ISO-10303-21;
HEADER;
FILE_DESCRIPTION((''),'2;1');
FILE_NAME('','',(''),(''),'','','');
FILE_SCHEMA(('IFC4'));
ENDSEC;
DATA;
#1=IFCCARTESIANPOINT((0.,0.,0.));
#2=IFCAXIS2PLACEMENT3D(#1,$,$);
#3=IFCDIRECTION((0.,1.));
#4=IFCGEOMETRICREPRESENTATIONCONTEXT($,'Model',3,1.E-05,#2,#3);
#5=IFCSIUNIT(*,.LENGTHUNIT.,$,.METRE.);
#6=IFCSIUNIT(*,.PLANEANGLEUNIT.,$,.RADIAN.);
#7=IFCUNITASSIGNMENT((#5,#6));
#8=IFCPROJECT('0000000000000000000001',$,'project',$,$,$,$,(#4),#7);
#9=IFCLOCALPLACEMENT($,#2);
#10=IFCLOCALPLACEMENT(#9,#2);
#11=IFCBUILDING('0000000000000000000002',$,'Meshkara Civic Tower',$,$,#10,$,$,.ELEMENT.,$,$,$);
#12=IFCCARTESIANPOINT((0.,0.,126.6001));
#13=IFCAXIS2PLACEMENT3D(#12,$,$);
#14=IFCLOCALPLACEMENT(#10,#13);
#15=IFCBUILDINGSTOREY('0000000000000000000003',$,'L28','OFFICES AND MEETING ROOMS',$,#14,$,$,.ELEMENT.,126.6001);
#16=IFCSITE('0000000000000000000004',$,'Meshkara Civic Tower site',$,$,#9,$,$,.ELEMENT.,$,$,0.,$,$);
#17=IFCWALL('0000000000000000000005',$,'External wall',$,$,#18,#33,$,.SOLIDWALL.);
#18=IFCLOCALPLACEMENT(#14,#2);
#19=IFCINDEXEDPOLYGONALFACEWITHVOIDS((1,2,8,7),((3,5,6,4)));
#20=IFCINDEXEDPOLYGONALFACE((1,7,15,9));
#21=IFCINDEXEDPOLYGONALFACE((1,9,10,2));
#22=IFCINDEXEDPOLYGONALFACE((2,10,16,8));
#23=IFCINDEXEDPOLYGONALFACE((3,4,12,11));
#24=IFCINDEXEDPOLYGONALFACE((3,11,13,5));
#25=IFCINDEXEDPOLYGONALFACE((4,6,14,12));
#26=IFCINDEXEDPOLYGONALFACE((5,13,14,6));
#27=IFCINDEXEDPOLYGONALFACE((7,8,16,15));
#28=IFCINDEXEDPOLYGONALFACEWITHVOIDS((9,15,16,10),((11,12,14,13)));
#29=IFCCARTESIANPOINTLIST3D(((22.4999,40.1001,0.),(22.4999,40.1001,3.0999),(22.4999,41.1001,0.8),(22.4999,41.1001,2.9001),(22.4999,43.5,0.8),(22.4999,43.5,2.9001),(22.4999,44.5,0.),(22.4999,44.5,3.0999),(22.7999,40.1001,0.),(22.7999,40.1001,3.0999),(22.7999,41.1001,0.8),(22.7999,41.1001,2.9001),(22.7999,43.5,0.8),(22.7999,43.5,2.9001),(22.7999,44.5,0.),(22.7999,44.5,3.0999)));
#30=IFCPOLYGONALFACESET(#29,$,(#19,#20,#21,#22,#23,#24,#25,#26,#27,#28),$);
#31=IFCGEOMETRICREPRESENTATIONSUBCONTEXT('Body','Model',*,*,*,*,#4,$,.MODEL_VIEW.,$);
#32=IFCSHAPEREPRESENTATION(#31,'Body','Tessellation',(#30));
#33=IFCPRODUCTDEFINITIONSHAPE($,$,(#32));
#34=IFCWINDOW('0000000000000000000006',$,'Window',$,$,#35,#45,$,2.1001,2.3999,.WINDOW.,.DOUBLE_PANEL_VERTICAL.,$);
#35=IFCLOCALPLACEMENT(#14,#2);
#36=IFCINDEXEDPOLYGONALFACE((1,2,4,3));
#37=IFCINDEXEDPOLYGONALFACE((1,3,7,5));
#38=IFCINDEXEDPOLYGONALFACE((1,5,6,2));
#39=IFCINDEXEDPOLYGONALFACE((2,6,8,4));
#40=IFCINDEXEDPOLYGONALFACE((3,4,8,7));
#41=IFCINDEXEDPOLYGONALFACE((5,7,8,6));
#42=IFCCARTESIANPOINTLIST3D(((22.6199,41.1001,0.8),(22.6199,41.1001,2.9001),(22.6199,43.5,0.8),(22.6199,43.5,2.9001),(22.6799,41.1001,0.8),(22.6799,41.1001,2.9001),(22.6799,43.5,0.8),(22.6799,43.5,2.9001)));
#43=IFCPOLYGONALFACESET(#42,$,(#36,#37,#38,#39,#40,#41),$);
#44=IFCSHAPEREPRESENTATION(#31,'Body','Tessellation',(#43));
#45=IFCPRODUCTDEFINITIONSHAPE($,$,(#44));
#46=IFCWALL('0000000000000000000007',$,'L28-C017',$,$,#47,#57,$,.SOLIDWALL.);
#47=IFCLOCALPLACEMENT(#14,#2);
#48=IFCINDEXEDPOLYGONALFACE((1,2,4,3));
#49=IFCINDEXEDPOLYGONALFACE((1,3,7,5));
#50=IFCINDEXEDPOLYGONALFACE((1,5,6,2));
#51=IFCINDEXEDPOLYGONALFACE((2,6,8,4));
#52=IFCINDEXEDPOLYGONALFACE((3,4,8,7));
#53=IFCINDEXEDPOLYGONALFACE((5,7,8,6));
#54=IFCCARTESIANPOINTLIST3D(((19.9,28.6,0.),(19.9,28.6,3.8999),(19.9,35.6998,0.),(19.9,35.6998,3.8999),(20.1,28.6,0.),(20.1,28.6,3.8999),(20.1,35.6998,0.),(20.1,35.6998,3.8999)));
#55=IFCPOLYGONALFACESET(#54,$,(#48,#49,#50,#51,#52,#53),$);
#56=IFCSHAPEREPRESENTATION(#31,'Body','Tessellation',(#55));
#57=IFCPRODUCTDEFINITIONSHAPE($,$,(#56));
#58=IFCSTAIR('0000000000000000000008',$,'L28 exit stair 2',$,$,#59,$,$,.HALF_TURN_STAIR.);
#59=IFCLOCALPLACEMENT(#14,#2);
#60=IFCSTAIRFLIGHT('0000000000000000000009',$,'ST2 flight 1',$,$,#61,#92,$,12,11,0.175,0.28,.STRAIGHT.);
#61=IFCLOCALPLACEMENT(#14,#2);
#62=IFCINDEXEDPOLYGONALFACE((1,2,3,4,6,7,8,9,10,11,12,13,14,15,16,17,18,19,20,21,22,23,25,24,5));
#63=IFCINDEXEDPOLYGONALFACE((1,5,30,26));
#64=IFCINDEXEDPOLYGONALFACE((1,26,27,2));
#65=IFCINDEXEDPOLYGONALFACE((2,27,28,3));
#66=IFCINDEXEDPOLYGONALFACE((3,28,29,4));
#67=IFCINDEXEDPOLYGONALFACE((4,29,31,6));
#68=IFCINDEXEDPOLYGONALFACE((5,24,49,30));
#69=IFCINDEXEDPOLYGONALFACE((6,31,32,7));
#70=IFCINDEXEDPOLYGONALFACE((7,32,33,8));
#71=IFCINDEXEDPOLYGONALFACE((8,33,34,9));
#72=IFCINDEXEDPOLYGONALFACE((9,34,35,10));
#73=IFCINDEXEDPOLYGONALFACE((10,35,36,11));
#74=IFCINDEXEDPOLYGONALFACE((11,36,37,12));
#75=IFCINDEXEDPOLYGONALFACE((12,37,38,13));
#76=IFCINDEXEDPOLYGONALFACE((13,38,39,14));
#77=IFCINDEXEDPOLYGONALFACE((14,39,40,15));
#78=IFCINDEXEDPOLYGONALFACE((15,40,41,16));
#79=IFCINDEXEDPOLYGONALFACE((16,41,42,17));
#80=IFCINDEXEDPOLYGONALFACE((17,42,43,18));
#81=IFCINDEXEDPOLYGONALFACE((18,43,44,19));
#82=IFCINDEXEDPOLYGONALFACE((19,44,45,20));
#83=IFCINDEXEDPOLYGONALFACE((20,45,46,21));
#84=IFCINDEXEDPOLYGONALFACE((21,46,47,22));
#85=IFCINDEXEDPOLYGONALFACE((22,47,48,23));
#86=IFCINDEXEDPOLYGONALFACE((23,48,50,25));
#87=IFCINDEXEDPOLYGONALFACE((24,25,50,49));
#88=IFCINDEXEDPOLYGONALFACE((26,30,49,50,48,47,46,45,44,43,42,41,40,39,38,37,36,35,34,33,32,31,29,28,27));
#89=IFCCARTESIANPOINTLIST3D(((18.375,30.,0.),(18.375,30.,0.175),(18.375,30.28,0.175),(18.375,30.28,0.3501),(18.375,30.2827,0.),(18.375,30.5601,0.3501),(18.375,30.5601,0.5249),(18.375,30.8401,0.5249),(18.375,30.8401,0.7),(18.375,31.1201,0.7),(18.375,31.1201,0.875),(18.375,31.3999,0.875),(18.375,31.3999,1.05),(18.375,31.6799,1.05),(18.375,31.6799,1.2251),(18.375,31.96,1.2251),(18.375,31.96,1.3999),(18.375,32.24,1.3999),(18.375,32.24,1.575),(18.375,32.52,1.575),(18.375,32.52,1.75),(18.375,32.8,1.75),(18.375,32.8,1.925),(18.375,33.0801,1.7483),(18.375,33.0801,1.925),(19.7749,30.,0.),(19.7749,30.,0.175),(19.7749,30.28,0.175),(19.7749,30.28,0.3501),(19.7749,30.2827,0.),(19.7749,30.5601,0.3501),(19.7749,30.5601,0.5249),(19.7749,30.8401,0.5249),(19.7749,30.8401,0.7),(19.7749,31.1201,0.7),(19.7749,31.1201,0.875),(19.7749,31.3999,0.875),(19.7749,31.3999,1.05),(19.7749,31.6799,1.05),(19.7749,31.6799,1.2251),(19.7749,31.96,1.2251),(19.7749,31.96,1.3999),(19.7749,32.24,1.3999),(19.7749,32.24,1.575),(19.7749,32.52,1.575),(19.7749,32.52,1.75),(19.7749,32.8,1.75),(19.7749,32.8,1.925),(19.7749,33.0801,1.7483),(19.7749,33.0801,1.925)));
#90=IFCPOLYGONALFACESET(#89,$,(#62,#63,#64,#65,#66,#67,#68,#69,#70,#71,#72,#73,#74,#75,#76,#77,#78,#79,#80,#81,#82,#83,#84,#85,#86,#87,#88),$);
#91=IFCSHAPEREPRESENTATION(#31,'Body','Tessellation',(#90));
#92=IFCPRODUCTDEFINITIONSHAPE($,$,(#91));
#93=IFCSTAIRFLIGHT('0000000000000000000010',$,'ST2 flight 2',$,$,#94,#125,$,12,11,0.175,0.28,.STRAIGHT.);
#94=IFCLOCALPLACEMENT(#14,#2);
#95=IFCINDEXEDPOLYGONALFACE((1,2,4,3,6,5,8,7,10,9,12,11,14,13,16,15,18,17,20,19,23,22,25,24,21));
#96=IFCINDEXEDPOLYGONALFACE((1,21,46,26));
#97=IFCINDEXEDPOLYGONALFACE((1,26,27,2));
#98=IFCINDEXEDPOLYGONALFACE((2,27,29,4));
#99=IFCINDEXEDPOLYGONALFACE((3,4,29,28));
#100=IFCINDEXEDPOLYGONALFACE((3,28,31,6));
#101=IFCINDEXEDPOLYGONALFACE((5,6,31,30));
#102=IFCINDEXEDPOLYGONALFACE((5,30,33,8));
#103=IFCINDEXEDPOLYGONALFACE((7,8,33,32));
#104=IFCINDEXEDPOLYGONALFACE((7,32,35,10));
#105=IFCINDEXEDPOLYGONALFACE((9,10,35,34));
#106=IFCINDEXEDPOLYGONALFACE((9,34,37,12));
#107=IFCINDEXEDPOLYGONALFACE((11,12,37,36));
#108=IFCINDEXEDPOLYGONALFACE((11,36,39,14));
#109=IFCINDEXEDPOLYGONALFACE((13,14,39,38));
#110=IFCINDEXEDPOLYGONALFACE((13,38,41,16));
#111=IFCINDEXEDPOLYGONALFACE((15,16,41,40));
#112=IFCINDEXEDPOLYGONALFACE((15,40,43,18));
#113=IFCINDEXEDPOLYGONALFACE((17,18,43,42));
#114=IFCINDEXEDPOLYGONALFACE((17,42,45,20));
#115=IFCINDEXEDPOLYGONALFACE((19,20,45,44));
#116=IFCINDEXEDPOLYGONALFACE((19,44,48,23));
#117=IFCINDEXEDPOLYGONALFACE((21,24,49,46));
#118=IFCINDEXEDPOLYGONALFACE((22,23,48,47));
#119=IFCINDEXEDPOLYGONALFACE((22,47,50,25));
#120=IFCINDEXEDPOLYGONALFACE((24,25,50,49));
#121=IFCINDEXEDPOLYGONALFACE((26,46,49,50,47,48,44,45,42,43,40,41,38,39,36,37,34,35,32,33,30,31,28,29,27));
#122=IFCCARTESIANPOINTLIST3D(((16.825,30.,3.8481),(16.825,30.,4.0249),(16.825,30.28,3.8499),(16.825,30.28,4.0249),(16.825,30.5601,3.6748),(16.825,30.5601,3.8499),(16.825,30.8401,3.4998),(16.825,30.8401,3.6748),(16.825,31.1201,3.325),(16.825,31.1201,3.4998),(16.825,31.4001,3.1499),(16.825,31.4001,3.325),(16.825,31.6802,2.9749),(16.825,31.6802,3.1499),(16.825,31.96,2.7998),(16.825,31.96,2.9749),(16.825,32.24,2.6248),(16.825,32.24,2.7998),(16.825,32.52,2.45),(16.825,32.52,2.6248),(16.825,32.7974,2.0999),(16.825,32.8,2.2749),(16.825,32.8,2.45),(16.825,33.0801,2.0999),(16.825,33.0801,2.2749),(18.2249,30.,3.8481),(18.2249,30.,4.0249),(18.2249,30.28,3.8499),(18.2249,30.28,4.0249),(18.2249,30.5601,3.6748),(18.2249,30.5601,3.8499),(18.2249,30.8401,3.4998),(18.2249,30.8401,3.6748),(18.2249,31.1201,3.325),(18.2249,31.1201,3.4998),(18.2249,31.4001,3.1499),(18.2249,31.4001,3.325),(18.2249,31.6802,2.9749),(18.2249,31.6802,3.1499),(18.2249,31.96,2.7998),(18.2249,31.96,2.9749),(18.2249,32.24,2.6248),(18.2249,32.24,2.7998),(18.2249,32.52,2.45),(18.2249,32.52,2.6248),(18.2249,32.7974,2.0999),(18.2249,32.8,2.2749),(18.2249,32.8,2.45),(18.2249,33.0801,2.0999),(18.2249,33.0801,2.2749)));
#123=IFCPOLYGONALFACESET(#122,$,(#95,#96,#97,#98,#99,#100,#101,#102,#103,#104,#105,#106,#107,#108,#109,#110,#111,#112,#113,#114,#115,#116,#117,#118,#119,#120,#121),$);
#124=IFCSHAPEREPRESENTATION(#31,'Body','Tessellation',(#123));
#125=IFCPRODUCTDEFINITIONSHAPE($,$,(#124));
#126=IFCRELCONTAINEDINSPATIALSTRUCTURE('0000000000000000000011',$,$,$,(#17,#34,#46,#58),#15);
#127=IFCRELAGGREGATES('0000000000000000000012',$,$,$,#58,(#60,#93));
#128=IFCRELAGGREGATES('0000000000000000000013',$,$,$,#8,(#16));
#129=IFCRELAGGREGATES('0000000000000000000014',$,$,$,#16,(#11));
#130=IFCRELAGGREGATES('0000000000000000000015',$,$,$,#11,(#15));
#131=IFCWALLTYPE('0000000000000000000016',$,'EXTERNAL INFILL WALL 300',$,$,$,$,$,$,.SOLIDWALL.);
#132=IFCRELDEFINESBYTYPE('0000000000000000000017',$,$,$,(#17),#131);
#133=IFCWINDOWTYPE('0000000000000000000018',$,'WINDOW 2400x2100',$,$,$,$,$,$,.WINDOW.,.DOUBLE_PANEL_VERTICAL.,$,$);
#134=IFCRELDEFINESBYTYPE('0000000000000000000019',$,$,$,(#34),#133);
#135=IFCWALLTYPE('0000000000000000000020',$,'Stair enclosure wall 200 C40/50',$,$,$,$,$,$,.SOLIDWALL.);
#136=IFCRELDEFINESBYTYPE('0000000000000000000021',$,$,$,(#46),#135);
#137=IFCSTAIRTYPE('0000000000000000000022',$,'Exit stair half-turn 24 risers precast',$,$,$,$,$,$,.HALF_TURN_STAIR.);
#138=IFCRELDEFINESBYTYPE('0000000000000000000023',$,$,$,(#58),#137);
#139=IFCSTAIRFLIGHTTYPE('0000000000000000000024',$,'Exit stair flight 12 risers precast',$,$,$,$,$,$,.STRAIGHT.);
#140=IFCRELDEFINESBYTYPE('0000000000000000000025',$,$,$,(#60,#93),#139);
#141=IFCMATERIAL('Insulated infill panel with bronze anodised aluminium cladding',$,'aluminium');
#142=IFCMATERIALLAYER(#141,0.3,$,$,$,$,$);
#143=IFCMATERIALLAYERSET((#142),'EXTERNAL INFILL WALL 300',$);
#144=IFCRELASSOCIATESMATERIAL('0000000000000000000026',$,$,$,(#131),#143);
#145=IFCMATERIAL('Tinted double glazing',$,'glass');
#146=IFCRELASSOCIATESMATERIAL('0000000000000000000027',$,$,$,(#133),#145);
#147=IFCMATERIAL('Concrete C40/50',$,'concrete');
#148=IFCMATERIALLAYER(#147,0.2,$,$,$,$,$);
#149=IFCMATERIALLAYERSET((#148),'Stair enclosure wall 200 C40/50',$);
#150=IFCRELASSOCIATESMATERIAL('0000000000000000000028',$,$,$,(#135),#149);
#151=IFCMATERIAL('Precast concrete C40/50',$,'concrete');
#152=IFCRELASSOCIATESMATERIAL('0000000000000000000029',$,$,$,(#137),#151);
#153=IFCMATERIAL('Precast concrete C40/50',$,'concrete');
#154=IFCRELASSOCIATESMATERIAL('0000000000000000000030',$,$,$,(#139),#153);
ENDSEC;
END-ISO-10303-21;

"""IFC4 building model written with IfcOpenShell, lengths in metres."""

from ifc_helpers import new_model, si_unit, direction, frame, frame_2d, origin, place, context, subcontext, project, spatial, polyline, rectangle, outline, extrude, material, layer, layer_set, type_object, element, fill, aggregate, save


model = new_model("IFC4")

# Units and contexts
model_context = context("Model", 3, precision=1e-05, world=origin(), true_north=direction((0.0, 1.0)))
body_context = subcontext(model_context, "Body", "Model", "MODEL_VIEW")
ifc_project = project(units=[si_unit("LENGTHUNIT", "METRE"), si_unit("PLANEANGLEUNIT", "RADIAN")], contexts=[model_context])

# Site, building, storey
site_placement = place(None, origin())
site = spatial("IfcSite", under=ifc_project, at=site_placement, Name="Meshkara Civic Tower site", CompositionType="ELEMENT", RefElevation=0.0)
building_placement = place(site_placement, origin())
building = spatial("IfcBuilding", under=site, at=building_placement, Name="Meshkara Civic Tower", CompositionType="ELEMENT")
storey_placement = place(building_placement, frame((0.0, 0.0, 126.6001)))
storey = spatial("IfcBuildingStorey", under=building, at=storey_placement, Name="L28", Description="OFFICES AND MEETING ROOMS", CompositionType="ELEMENT", Elevation=126.6001)

# Wall, opening, window
ifc_material_1 = material(Name="Insulated infill panel with bronze anodised aluminium cladding", Category="aluminium")
ifc_layer_1 = layer(ifc_material_1, 0.3)
ifc_layer_set_1 = layer_set([ifc_layer_1], Name="EXTERNAL INFILL WALL 300")
wall_type_1 = type_object("IfcWallType", Name="EXTERNAL INFILL WALL 300", PredefinedType="SOLIDWALL", material=ifc_layer_set_1)
ifc_material_2 = material(Name="Tinted double glazing", Category="glass")
window_type_1 = type_object("IfcWindowType", Name="WINDOW 2400x2100", PartitioningType="DOUBLE_PANEL_VERTICAL", PredefinedType="WINDOW", material=ifc_material_2)
wall_1_placement = place(storey_placement, frame((22.6499, 40.1001, 0.0), z_axis=(0.0, 0.0, 1.0), x_axis=(0.0, 1.0, 0.0)))
wall_1 = element("IfcWall", 1, at=wall_1_placement, inside=storey, type_object=wall_type_1, Name="External wall", PredefinedType="SOLIDWALL", context=body_context, shape_type="SweptSolid", body=[
    extrude(rectangle(XDim=4.3999, YDim=0.3, at=frame_2d((2.2, 0.0))), origin(), (0.0, 0.0, 1.0), 3.0999),
])
opening_1_placement = place(wall_1_placement, frame((1.0, 0.0, 0.8)))
opening_1 = element("IfcOpeningElement", 2, at=opening_1_placement, cuts=wall_1, PredefinedType="OPENING", context=body_context, shape_type="SweptSolid", body=[
    extrude(rectangle(XDim=2.3999, YDim=2.1001, at=frame_2d((1.2, 1.05))), frame((0.0, 0.1599, 0.0), z_axis=(0.0, -1.0, 0.0), x_axis=(1.0, 0.0, 0.0)), (0.0, 0.0, 1.0), 0.3201),
])
window_1_placement = place(opening_1_placement, origin())
window_1 = element("IfcWindow", 3, at=window_1_placement, inside=storey, type_object=window_type_1, Name="Window", OverallHeight=2.1001, OverallWidth=2.3999, PartitioningType="DOUBLE_PANEL_VERTICAL", PredefinedType="WINDOW", context=body_context, shape_type="SweptSolid", body=[
    extrude(rectangle(XDim=2.3999, YDim=2.1001, at=frame_2d((1.2, 1.05))), frame((0.0, 0.03, 0.0), z_axis=(0.0, -1.0, 0.0), x_axis=(1.0, 0.0, 0.0)), (0.0, 0.0, 1.0), 0.0601),
])
fill(opening_1, window_1)

# Wall
ifc_material_3 = material(Name="Concrete C40/50", Category="concrete")
ifc_layer_2 = layer(ifc_material_3, 0.2)
ifc_layer_set_2 = layer_set([ifc_layer_2], Name="Stair enclosure wall 200 C40/50")
wall_type_2 = type_object("IfcWallType", Name="Stair enclosure wall 200 C40/50", PredefinedType="SOLIDWALL", material=ifc_layer_set_2)
wall_2_placement = place(storey_placement, frame((20.0, 28.6001, 0.0), z_axis=(0.0, 0.0, 1.0), x_axis=(0.0, 1.0, 0.0)))
element("IfcWall", 4, at=wall_2_placement, inside=storey, type_object=wall_type_2, Name="L28-C017", PredefinedType="SOLIDWALL", context=body_context, shape_type="SweptSolid", body=[
    extrude(rectangle(XDim=7.0999, YDim=0.2, at=frame_2d((3.5498, 0.0))), origin(), (0.0, 0.0, 1.0), 3.8999),
])

# Stair, stair flights
ifc_material_4 = material(Name="Precast concrete C40/50", Category="concrete")
stair_type = type_object("IfcStairType", Name="Exit stair half-turn 24 risers precast", PredefinedType="HALF_TURN_STAIR", material=ifc_material_4)
stair_placement = place(storey_placement, origin())
stair = element("IfcStair", 5, at=stair_placement, inside=storey, type_object=stair_type, Name="L28 exit stair 2", PredefinedType="HALF_TURN_STAIR")
ifc_material_5 = material(Name="Precast concrete C40/50", Category="concrete")
stair_flight_type = type_object("IfcStairFlightType", Name="Exit stair flight 12 risers precast", PredefinedType="STRAIGHT", material=ifc_material_5)
stair_flight_1_placement = place(storey_placement, frame((19.075, 30.0, 0.0), z_axis=(0.0, 0.0, 1.0), x_axis=(0.0, 1.0, 0.0)))
stair_flight_1 = element("IfcStairFlight", 6, at=stair_flight_1_placement, type_object=stair_flight_type, Name="ST2 flight 1", NumberOfRisers=12, NumberOfTreads=11, PredefinedType="STRAIGHT", RiserHeight=0.175, TreadLength=0.28, context=body_context, shape_type="SweptSolid", body=[
    extrude(outline(polyline([(0.0, 0.0), (0.0, 0.175), (0.28, 0.175), (0.28, 0.3501), (0.5601, 0.3501), (0.5601, 0.5249), (0.8401, 0.5249), (0.8401, 0.7), (1.1201, 0.7), (1.1201, 0.875), (1.3999, 0.875), (1.3999, 1.05), (1.6799, 1.05), (1.6799, 1.2251), (1.96, 1.2251), (1.96, 1.3999), (2.24, 1.3999), (2.24, 1.575), (2.52, 1.575), (2.52, 1.75), (2.8, 1.75), (2.8, 1.925), (3.0801, 1.925), (3.0801, 2.1001), (3.0801, 1.7483), (0.2827, 0.0), (0.0, 0.0)])), frame((0.0, 0.7, 0.0), z_axis=(0.0, -1.0, 0.0), x_axis=(1.0, 0.0, 0.0)), (0.0, 0.0, 1.0), 1.3999),
])
stair_flight_2_placement = place(storey_placement, frame((17.5249, 33.0801, 2.0999), z_axis=(0.0, 0.0, 1.0), x_axis=(0.0, -1.0, 0.0)))
stair_flight_2 = element("IfcStairFlight", 7, at=stair_flight_2_placement, type_object=stair_flight_type, Name="ST2 flight 2", NumberOfRisers=12, NumberOfTreads=11, PredefinedType="STRAIGHT", RiserHeight=0.175, TreadLength=0.28, context=body_context, shape_type="SweptSolid", body=[
    extrude(outline(polyline([(0.0, 0.0), (0.0, 0.175), (0.28, 0.175), (0.28, 0.3501), (0.5601, 0.3501), (0.5601, 0.5249), (0.8401, 0.5249), (0.8401, 0.7), (1.1201, 0.7), (1.1201, 0.875), (1.3999, 0.875), (1.3999, 1.05), (1.6799, 1.05), (1.6799, 1.2251), (1.96, 1.2251), (1.96, 1.3999), (2.24, 1.3999), (2.24, 1.575), (2.52, 1.575), (2.52, 1.75), (2.8, 1.75), (2.8, 1.925), (3.0801, 1.925), (3.0801, 2.1001), (3.0801, 1.7483), (0.2827, 0.0), (0.0, 0.0)])), frame((0.0, 0.7, 0.0), z_axis=(0.0, -1.0, 0.0), x_axis=(1.0, 0.0, 0.0)), (0.0, 0.0, 1.0), 1.3999),
])
aggregate(stair, [stair_flight_1, stair_flight_2])

save(model, "model.ifc")
